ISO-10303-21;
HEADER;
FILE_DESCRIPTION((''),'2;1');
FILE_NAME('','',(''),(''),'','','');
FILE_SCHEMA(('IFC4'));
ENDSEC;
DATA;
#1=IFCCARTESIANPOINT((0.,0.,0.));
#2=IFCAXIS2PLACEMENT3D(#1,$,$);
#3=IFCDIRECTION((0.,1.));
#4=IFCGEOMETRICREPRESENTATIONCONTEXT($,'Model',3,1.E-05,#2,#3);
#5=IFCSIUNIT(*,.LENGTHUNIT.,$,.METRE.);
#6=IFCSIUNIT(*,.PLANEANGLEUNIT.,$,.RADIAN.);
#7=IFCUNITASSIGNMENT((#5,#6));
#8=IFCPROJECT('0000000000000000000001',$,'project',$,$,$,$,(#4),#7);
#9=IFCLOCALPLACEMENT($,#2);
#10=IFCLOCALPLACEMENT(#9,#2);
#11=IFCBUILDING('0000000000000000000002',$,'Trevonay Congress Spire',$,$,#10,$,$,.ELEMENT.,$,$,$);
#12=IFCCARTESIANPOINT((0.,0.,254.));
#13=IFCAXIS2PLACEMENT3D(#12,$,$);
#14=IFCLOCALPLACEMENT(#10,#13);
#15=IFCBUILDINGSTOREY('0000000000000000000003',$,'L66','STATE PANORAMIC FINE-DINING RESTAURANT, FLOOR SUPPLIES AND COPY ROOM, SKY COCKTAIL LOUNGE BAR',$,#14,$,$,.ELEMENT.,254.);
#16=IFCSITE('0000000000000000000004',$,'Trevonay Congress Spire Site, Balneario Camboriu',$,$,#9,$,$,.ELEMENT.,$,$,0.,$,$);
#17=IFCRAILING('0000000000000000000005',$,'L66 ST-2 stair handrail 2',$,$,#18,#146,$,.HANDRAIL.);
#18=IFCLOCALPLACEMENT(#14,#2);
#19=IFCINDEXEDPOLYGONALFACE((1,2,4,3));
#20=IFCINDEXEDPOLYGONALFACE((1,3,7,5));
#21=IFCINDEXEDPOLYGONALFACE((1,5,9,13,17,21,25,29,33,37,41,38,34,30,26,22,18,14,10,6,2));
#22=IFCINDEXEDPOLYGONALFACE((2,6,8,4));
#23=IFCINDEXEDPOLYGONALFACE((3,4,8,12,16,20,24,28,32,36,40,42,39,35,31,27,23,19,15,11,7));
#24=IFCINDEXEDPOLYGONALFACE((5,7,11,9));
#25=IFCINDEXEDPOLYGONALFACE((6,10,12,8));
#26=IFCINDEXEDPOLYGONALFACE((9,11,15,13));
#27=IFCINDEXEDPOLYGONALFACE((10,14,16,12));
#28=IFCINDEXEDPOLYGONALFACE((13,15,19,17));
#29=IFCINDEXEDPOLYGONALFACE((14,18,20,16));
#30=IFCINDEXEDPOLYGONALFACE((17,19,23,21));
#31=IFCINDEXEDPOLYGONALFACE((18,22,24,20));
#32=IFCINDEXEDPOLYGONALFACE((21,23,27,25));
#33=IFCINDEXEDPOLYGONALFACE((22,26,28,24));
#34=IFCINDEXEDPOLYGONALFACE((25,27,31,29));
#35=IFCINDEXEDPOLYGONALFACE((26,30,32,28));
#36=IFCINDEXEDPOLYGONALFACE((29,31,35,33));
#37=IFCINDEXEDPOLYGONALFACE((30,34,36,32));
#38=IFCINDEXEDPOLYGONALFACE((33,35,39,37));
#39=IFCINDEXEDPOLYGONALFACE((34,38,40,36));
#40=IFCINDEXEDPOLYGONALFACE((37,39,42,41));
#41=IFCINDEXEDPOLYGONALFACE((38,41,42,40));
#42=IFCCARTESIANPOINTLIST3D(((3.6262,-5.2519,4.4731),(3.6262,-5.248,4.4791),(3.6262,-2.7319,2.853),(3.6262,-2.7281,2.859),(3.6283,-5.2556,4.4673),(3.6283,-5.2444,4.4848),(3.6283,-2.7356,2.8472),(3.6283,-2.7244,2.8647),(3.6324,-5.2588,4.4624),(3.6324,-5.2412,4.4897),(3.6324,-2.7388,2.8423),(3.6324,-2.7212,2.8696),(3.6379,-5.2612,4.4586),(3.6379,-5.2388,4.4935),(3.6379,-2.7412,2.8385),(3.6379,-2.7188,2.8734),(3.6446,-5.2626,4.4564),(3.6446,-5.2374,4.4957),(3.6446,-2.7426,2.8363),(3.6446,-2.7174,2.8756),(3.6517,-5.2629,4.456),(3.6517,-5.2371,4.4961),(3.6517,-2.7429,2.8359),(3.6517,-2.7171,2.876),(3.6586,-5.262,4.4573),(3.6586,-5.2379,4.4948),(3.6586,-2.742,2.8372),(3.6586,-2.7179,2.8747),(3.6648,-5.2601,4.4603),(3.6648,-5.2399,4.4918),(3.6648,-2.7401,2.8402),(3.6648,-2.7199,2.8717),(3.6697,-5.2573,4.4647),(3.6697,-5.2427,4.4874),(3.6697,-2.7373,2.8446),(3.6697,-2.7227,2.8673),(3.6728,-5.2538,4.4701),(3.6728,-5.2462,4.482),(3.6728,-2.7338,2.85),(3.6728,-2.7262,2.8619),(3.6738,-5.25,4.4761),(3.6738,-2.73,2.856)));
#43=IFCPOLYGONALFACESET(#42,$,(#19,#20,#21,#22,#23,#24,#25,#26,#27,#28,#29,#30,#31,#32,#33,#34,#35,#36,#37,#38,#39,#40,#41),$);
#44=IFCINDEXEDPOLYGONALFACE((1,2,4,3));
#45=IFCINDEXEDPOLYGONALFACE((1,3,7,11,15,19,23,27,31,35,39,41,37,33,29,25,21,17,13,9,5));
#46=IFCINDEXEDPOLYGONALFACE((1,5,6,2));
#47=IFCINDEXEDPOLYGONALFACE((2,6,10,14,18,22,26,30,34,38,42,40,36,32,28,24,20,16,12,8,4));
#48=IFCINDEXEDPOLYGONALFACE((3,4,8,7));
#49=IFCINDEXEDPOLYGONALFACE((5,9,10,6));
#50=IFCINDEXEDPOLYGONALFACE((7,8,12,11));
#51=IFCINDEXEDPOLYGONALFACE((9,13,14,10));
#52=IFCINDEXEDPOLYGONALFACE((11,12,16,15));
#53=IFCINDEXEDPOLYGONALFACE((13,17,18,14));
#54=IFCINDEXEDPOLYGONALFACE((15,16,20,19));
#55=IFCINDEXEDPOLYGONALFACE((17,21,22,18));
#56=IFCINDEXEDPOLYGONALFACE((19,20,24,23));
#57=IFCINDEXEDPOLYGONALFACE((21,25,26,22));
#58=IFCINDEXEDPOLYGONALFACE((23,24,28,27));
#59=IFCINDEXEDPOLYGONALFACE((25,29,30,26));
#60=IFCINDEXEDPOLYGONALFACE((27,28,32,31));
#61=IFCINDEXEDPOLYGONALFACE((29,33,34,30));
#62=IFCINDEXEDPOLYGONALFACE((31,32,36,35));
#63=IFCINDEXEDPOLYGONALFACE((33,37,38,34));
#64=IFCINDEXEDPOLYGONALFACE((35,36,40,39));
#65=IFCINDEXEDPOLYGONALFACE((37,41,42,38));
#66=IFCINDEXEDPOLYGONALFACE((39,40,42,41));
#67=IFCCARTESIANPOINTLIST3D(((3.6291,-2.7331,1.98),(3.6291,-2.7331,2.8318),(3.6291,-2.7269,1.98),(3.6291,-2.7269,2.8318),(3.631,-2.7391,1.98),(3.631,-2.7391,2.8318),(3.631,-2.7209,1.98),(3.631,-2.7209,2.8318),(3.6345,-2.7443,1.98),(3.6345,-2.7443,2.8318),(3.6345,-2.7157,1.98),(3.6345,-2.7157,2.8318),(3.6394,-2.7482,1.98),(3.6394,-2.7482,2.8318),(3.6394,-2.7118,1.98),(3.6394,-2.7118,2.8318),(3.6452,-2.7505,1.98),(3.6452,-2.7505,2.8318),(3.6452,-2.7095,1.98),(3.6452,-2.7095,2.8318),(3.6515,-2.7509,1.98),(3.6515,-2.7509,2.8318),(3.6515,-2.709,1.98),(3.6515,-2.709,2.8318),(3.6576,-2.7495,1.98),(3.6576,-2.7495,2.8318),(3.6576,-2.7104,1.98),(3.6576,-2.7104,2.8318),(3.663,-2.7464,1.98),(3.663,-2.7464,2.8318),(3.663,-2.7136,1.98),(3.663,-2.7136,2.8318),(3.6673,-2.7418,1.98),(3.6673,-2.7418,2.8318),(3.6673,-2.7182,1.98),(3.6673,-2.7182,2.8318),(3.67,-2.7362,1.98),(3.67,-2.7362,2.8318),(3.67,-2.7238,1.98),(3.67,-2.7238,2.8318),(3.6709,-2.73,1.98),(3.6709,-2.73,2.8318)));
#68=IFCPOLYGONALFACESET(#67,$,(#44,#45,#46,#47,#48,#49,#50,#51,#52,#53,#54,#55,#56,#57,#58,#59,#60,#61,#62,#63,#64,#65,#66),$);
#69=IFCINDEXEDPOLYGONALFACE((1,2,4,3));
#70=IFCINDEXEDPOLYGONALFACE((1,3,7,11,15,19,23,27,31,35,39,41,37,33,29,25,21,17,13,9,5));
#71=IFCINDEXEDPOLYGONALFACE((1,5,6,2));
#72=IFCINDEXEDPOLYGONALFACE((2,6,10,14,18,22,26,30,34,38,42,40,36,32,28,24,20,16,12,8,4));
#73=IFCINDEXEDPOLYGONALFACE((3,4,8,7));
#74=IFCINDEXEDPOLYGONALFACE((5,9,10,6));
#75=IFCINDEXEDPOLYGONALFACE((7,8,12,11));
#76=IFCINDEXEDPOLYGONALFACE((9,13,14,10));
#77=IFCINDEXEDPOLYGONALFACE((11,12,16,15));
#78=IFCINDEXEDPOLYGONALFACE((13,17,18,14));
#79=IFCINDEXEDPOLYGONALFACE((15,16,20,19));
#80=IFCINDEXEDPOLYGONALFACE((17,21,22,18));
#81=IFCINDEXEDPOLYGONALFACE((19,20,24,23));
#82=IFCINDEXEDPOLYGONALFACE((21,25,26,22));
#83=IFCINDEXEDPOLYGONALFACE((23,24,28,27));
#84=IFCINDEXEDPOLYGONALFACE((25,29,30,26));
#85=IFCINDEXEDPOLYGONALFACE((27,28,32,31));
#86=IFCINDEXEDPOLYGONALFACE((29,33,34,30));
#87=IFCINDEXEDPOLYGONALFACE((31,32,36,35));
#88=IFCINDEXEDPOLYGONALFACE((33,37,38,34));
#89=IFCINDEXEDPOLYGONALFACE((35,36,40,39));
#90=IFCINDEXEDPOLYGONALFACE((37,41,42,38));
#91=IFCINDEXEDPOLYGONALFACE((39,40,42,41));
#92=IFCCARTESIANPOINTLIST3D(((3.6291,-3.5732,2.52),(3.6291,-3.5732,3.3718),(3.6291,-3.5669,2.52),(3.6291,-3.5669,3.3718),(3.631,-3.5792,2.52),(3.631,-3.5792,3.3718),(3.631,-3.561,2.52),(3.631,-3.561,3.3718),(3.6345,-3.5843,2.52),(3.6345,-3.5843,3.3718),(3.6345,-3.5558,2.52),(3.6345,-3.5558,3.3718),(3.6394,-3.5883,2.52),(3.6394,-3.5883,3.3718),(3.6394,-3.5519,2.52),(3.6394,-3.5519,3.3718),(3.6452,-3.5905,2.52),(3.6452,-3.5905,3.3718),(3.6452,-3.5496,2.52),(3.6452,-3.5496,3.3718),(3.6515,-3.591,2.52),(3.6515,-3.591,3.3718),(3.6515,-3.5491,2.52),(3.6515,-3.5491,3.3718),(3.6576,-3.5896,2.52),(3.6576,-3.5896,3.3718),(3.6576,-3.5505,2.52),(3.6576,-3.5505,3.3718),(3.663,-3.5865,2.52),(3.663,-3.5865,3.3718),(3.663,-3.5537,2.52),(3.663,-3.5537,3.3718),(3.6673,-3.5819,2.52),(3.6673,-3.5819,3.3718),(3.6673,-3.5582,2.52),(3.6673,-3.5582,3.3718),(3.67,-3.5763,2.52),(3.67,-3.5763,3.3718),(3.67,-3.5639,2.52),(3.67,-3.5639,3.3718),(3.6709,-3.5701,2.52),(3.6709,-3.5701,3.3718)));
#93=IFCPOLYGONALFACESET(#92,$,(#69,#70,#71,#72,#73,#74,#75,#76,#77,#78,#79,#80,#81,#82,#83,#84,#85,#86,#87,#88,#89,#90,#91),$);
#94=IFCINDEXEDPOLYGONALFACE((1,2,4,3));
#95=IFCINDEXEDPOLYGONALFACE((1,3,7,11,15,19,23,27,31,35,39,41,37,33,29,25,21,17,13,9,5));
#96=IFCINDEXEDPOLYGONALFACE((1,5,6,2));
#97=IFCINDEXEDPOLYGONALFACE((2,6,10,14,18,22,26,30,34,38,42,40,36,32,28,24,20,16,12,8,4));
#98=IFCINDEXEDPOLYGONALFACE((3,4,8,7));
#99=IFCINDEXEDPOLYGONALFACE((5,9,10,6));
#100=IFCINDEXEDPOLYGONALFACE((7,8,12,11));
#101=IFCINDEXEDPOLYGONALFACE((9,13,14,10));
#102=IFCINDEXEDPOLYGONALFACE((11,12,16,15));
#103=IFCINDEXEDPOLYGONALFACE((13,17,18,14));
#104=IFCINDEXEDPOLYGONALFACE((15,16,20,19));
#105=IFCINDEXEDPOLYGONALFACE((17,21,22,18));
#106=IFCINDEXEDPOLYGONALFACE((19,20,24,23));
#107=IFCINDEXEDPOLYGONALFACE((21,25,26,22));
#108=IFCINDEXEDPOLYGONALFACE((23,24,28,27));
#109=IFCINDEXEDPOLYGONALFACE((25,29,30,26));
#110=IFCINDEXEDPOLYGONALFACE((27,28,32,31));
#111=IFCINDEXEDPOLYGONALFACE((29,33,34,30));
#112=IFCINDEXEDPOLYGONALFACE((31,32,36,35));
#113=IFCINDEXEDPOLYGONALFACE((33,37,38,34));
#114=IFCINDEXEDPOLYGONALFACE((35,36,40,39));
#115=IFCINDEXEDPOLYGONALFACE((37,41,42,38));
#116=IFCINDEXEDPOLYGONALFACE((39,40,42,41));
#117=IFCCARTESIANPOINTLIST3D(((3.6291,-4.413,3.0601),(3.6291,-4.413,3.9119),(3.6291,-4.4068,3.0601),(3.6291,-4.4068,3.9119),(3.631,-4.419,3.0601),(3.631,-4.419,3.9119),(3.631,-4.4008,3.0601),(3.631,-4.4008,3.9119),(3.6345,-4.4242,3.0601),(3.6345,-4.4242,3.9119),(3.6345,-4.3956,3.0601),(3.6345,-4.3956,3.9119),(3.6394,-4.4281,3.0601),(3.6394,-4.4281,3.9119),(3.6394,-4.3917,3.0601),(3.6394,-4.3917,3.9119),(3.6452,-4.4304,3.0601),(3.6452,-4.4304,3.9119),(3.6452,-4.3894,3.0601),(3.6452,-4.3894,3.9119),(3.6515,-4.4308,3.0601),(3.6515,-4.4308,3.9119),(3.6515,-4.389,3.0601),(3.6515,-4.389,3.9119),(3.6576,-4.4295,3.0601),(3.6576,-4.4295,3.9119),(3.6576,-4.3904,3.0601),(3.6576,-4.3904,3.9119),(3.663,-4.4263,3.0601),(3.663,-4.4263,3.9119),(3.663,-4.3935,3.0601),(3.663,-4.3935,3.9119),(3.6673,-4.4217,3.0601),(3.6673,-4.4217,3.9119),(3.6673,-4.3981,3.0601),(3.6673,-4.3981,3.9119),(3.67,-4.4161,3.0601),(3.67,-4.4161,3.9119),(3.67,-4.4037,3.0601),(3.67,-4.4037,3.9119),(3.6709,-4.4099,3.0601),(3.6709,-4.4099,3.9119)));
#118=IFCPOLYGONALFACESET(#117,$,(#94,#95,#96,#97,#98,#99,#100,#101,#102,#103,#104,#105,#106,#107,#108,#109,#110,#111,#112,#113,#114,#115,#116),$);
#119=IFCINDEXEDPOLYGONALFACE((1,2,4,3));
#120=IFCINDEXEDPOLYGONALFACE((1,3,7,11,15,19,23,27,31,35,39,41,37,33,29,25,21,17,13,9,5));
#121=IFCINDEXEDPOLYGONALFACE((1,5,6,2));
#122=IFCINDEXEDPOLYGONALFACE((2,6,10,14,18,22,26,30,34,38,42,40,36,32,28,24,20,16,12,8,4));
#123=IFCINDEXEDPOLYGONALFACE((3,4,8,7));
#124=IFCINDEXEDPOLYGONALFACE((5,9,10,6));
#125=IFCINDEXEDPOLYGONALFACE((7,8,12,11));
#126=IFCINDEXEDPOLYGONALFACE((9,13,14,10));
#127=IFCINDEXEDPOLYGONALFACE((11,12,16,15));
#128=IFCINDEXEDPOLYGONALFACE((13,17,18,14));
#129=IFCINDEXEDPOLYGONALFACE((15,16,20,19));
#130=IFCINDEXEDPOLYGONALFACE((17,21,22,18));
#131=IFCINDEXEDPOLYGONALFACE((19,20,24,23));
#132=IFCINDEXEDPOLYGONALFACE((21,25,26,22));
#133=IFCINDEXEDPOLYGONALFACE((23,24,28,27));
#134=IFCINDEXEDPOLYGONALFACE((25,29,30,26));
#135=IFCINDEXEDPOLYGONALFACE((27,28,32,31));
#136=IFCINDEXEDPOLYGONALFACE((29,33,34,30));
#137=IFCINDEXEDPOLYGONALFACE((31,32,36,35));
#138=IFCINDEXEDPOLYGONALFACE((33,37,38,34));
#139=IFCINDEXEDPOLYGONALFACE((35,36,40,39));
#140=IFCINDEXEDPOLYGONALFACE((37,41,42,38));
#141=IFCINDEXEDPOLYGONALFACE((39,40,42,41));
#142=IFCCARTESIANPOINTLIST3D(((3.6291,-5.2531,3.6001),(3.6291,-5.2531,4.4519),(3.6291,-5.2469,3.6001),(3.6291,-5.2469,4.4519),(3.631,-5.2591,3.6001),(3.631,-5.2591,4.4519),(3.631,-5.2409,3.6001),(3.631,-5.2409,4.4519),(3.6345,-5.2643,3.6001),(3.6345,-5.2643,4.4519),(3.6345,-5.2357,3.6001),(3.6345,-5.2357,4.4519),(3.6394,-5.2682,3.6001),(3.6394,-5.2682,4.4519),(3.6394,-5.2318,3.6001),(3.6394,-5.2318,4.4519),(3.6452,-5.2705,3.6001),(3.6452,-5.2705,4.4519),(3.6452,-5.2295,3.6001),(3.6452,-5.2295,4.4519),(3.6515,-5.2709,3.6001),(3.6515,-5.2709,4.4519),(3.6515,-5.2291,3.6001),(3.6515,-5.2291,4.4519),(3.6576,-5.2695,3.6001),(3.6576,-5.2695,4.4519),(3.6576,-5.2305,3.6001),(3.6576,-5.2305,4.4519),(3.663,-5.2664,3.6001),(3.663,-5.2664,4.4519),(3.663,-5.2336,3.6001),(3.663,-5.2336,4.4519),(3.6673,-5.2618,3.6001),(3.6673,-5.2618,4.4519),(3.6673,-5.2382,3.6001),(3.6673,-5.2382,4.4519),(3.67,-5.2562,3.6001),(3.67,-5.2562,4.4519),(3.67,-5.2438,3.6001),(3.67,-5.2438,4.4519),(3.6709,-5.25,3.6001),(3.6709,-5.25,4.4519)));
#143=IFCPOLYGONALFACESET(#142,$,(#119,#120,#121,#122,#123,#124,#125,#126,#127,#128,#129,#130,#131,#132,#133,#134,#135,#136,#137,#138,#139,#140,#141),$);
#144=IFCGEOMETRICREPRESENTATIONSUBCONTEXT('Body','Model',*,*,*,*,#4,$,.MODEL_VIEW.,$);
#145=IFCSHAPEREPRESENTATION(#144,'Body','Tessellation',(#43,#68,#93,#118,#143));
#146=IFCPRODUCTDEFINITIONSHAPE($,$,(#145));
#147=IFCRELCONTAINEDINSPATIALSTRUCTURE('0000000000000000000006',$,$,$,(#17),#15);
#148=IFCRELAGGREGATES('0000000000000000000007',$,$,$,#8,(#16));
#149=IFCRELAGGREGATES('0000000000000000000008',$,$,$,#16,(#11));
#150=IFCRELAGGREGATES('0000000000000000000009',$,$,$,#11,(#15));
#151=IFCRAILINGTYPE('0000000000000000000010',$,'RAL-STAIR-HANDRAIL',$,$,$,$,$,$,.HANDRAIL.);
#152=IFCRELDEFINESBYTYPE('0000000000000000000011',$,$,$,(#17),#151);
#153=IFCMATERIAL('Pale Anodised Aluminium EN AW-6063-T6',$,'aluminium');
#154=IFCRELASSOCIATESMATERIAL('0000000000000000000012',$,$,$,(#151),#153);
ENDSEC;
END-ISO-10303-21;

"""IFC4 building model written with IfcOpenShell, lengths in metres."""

from ifc_helpers import new_model, si_unit, direction, frame, origin, origin_2d, place, context, subcontext, project, spatial, circle, extrude, material, type_object, element, save


model = new_model("IFC4")

# Units and contexts
model_context = context("Model", 3, precision=1e-05, world=origin(), true_north=direction((0.0, 1.0)))
body_context = subcontext(model_context, "Body", "Model", "MODEL_VIEW")
ifc_project = project(units=[si_unit("LENGTHUNIT", "METRE"), si_unit("PLANEANGLEUNIT", "RADIAN")], contexts=[model_context])

# Site, building, storey
site_placement = place(None, origin())
site = spatial("IfcSite", under=ifc_project, at=site_placement, Name="Trevonay Congress Spire Site, Balneario Camboriu", CompositionType="ELEMENT", RefElevation=0.0)
building_placement = place(site_placement, origin())
building = spatial("IfcBuilding", under=site, at=building_placement, Name="Trevonay Congress Spire", CompositionType="ELEMENT")
storey_placement = place(building_placement, frame((0.0, 0.0, 254.0)))
storey = spatial("IfcBuildingStorey", under=building, at=storey_placement, Name="L66", Description="STATE PANORAMIC FINE-DINING RESTAURANT, FLOOR SUPPLIES AND COPY ROOM, SKY COCKTAIL LOUNGE BAR", CompositionType="ELEMENT", Elevation=254.0)

# Shared definitions
ifc_material_1 = material(Name="Pale Anodised Aluminium EN AW-6063-T6", Category="aluminium")

# Railing
railing_type_1 = type_object("IfcRailingType", Name="RAL-STAIR-HANDRAIL", PredefinedType="HANDRAIL", material=ifc_material_1)
railing_1_placement = place(storey_placement, frame((3.6499, -2.73, 1.98)))
element("IfcRailing", 1, at=railing_1_placement, inside=storey, type_object=railing_type_1, Name="L66 ST-2 stair handrail 2", PredefinedType="HANDRAIL", context=body_context, shape_type="SweptSolid", body=[
    extrude(circle(Radius=0.0239, at=origin_2d()), frame((0.0, 0.0, 0.876), z_axis=(0.0, -0.841163, 0.540782), x_axis=(1.0, 0.0, 0.0)), (0.0, 0.0, 1.0), 2.9958),
    extrude(circle(Radius=0.021, at=origin_2d()), origin(), (0.0, 0.0, 1.0), 0.8518),
    extrude(circle(Radius=0.021, at=origin_2d()), frame((0.0, -0.8401, 0.54)), (0.0, 0.0, 1.0), 0.8518),
    extrude(circle(Radius=0.021, at=origin_2d()), frame((0.0, -1.6799, 1.0801)), (0.0, 0.0, 1.0), 0.8518),
    extrude(circle(Radius=0.021, at=origin_2d()), frame((0.0, -2.52, 1.6201)), (0.0, 0.0, 1.0), 0.8518),
])

save(model, "model.ifc")
